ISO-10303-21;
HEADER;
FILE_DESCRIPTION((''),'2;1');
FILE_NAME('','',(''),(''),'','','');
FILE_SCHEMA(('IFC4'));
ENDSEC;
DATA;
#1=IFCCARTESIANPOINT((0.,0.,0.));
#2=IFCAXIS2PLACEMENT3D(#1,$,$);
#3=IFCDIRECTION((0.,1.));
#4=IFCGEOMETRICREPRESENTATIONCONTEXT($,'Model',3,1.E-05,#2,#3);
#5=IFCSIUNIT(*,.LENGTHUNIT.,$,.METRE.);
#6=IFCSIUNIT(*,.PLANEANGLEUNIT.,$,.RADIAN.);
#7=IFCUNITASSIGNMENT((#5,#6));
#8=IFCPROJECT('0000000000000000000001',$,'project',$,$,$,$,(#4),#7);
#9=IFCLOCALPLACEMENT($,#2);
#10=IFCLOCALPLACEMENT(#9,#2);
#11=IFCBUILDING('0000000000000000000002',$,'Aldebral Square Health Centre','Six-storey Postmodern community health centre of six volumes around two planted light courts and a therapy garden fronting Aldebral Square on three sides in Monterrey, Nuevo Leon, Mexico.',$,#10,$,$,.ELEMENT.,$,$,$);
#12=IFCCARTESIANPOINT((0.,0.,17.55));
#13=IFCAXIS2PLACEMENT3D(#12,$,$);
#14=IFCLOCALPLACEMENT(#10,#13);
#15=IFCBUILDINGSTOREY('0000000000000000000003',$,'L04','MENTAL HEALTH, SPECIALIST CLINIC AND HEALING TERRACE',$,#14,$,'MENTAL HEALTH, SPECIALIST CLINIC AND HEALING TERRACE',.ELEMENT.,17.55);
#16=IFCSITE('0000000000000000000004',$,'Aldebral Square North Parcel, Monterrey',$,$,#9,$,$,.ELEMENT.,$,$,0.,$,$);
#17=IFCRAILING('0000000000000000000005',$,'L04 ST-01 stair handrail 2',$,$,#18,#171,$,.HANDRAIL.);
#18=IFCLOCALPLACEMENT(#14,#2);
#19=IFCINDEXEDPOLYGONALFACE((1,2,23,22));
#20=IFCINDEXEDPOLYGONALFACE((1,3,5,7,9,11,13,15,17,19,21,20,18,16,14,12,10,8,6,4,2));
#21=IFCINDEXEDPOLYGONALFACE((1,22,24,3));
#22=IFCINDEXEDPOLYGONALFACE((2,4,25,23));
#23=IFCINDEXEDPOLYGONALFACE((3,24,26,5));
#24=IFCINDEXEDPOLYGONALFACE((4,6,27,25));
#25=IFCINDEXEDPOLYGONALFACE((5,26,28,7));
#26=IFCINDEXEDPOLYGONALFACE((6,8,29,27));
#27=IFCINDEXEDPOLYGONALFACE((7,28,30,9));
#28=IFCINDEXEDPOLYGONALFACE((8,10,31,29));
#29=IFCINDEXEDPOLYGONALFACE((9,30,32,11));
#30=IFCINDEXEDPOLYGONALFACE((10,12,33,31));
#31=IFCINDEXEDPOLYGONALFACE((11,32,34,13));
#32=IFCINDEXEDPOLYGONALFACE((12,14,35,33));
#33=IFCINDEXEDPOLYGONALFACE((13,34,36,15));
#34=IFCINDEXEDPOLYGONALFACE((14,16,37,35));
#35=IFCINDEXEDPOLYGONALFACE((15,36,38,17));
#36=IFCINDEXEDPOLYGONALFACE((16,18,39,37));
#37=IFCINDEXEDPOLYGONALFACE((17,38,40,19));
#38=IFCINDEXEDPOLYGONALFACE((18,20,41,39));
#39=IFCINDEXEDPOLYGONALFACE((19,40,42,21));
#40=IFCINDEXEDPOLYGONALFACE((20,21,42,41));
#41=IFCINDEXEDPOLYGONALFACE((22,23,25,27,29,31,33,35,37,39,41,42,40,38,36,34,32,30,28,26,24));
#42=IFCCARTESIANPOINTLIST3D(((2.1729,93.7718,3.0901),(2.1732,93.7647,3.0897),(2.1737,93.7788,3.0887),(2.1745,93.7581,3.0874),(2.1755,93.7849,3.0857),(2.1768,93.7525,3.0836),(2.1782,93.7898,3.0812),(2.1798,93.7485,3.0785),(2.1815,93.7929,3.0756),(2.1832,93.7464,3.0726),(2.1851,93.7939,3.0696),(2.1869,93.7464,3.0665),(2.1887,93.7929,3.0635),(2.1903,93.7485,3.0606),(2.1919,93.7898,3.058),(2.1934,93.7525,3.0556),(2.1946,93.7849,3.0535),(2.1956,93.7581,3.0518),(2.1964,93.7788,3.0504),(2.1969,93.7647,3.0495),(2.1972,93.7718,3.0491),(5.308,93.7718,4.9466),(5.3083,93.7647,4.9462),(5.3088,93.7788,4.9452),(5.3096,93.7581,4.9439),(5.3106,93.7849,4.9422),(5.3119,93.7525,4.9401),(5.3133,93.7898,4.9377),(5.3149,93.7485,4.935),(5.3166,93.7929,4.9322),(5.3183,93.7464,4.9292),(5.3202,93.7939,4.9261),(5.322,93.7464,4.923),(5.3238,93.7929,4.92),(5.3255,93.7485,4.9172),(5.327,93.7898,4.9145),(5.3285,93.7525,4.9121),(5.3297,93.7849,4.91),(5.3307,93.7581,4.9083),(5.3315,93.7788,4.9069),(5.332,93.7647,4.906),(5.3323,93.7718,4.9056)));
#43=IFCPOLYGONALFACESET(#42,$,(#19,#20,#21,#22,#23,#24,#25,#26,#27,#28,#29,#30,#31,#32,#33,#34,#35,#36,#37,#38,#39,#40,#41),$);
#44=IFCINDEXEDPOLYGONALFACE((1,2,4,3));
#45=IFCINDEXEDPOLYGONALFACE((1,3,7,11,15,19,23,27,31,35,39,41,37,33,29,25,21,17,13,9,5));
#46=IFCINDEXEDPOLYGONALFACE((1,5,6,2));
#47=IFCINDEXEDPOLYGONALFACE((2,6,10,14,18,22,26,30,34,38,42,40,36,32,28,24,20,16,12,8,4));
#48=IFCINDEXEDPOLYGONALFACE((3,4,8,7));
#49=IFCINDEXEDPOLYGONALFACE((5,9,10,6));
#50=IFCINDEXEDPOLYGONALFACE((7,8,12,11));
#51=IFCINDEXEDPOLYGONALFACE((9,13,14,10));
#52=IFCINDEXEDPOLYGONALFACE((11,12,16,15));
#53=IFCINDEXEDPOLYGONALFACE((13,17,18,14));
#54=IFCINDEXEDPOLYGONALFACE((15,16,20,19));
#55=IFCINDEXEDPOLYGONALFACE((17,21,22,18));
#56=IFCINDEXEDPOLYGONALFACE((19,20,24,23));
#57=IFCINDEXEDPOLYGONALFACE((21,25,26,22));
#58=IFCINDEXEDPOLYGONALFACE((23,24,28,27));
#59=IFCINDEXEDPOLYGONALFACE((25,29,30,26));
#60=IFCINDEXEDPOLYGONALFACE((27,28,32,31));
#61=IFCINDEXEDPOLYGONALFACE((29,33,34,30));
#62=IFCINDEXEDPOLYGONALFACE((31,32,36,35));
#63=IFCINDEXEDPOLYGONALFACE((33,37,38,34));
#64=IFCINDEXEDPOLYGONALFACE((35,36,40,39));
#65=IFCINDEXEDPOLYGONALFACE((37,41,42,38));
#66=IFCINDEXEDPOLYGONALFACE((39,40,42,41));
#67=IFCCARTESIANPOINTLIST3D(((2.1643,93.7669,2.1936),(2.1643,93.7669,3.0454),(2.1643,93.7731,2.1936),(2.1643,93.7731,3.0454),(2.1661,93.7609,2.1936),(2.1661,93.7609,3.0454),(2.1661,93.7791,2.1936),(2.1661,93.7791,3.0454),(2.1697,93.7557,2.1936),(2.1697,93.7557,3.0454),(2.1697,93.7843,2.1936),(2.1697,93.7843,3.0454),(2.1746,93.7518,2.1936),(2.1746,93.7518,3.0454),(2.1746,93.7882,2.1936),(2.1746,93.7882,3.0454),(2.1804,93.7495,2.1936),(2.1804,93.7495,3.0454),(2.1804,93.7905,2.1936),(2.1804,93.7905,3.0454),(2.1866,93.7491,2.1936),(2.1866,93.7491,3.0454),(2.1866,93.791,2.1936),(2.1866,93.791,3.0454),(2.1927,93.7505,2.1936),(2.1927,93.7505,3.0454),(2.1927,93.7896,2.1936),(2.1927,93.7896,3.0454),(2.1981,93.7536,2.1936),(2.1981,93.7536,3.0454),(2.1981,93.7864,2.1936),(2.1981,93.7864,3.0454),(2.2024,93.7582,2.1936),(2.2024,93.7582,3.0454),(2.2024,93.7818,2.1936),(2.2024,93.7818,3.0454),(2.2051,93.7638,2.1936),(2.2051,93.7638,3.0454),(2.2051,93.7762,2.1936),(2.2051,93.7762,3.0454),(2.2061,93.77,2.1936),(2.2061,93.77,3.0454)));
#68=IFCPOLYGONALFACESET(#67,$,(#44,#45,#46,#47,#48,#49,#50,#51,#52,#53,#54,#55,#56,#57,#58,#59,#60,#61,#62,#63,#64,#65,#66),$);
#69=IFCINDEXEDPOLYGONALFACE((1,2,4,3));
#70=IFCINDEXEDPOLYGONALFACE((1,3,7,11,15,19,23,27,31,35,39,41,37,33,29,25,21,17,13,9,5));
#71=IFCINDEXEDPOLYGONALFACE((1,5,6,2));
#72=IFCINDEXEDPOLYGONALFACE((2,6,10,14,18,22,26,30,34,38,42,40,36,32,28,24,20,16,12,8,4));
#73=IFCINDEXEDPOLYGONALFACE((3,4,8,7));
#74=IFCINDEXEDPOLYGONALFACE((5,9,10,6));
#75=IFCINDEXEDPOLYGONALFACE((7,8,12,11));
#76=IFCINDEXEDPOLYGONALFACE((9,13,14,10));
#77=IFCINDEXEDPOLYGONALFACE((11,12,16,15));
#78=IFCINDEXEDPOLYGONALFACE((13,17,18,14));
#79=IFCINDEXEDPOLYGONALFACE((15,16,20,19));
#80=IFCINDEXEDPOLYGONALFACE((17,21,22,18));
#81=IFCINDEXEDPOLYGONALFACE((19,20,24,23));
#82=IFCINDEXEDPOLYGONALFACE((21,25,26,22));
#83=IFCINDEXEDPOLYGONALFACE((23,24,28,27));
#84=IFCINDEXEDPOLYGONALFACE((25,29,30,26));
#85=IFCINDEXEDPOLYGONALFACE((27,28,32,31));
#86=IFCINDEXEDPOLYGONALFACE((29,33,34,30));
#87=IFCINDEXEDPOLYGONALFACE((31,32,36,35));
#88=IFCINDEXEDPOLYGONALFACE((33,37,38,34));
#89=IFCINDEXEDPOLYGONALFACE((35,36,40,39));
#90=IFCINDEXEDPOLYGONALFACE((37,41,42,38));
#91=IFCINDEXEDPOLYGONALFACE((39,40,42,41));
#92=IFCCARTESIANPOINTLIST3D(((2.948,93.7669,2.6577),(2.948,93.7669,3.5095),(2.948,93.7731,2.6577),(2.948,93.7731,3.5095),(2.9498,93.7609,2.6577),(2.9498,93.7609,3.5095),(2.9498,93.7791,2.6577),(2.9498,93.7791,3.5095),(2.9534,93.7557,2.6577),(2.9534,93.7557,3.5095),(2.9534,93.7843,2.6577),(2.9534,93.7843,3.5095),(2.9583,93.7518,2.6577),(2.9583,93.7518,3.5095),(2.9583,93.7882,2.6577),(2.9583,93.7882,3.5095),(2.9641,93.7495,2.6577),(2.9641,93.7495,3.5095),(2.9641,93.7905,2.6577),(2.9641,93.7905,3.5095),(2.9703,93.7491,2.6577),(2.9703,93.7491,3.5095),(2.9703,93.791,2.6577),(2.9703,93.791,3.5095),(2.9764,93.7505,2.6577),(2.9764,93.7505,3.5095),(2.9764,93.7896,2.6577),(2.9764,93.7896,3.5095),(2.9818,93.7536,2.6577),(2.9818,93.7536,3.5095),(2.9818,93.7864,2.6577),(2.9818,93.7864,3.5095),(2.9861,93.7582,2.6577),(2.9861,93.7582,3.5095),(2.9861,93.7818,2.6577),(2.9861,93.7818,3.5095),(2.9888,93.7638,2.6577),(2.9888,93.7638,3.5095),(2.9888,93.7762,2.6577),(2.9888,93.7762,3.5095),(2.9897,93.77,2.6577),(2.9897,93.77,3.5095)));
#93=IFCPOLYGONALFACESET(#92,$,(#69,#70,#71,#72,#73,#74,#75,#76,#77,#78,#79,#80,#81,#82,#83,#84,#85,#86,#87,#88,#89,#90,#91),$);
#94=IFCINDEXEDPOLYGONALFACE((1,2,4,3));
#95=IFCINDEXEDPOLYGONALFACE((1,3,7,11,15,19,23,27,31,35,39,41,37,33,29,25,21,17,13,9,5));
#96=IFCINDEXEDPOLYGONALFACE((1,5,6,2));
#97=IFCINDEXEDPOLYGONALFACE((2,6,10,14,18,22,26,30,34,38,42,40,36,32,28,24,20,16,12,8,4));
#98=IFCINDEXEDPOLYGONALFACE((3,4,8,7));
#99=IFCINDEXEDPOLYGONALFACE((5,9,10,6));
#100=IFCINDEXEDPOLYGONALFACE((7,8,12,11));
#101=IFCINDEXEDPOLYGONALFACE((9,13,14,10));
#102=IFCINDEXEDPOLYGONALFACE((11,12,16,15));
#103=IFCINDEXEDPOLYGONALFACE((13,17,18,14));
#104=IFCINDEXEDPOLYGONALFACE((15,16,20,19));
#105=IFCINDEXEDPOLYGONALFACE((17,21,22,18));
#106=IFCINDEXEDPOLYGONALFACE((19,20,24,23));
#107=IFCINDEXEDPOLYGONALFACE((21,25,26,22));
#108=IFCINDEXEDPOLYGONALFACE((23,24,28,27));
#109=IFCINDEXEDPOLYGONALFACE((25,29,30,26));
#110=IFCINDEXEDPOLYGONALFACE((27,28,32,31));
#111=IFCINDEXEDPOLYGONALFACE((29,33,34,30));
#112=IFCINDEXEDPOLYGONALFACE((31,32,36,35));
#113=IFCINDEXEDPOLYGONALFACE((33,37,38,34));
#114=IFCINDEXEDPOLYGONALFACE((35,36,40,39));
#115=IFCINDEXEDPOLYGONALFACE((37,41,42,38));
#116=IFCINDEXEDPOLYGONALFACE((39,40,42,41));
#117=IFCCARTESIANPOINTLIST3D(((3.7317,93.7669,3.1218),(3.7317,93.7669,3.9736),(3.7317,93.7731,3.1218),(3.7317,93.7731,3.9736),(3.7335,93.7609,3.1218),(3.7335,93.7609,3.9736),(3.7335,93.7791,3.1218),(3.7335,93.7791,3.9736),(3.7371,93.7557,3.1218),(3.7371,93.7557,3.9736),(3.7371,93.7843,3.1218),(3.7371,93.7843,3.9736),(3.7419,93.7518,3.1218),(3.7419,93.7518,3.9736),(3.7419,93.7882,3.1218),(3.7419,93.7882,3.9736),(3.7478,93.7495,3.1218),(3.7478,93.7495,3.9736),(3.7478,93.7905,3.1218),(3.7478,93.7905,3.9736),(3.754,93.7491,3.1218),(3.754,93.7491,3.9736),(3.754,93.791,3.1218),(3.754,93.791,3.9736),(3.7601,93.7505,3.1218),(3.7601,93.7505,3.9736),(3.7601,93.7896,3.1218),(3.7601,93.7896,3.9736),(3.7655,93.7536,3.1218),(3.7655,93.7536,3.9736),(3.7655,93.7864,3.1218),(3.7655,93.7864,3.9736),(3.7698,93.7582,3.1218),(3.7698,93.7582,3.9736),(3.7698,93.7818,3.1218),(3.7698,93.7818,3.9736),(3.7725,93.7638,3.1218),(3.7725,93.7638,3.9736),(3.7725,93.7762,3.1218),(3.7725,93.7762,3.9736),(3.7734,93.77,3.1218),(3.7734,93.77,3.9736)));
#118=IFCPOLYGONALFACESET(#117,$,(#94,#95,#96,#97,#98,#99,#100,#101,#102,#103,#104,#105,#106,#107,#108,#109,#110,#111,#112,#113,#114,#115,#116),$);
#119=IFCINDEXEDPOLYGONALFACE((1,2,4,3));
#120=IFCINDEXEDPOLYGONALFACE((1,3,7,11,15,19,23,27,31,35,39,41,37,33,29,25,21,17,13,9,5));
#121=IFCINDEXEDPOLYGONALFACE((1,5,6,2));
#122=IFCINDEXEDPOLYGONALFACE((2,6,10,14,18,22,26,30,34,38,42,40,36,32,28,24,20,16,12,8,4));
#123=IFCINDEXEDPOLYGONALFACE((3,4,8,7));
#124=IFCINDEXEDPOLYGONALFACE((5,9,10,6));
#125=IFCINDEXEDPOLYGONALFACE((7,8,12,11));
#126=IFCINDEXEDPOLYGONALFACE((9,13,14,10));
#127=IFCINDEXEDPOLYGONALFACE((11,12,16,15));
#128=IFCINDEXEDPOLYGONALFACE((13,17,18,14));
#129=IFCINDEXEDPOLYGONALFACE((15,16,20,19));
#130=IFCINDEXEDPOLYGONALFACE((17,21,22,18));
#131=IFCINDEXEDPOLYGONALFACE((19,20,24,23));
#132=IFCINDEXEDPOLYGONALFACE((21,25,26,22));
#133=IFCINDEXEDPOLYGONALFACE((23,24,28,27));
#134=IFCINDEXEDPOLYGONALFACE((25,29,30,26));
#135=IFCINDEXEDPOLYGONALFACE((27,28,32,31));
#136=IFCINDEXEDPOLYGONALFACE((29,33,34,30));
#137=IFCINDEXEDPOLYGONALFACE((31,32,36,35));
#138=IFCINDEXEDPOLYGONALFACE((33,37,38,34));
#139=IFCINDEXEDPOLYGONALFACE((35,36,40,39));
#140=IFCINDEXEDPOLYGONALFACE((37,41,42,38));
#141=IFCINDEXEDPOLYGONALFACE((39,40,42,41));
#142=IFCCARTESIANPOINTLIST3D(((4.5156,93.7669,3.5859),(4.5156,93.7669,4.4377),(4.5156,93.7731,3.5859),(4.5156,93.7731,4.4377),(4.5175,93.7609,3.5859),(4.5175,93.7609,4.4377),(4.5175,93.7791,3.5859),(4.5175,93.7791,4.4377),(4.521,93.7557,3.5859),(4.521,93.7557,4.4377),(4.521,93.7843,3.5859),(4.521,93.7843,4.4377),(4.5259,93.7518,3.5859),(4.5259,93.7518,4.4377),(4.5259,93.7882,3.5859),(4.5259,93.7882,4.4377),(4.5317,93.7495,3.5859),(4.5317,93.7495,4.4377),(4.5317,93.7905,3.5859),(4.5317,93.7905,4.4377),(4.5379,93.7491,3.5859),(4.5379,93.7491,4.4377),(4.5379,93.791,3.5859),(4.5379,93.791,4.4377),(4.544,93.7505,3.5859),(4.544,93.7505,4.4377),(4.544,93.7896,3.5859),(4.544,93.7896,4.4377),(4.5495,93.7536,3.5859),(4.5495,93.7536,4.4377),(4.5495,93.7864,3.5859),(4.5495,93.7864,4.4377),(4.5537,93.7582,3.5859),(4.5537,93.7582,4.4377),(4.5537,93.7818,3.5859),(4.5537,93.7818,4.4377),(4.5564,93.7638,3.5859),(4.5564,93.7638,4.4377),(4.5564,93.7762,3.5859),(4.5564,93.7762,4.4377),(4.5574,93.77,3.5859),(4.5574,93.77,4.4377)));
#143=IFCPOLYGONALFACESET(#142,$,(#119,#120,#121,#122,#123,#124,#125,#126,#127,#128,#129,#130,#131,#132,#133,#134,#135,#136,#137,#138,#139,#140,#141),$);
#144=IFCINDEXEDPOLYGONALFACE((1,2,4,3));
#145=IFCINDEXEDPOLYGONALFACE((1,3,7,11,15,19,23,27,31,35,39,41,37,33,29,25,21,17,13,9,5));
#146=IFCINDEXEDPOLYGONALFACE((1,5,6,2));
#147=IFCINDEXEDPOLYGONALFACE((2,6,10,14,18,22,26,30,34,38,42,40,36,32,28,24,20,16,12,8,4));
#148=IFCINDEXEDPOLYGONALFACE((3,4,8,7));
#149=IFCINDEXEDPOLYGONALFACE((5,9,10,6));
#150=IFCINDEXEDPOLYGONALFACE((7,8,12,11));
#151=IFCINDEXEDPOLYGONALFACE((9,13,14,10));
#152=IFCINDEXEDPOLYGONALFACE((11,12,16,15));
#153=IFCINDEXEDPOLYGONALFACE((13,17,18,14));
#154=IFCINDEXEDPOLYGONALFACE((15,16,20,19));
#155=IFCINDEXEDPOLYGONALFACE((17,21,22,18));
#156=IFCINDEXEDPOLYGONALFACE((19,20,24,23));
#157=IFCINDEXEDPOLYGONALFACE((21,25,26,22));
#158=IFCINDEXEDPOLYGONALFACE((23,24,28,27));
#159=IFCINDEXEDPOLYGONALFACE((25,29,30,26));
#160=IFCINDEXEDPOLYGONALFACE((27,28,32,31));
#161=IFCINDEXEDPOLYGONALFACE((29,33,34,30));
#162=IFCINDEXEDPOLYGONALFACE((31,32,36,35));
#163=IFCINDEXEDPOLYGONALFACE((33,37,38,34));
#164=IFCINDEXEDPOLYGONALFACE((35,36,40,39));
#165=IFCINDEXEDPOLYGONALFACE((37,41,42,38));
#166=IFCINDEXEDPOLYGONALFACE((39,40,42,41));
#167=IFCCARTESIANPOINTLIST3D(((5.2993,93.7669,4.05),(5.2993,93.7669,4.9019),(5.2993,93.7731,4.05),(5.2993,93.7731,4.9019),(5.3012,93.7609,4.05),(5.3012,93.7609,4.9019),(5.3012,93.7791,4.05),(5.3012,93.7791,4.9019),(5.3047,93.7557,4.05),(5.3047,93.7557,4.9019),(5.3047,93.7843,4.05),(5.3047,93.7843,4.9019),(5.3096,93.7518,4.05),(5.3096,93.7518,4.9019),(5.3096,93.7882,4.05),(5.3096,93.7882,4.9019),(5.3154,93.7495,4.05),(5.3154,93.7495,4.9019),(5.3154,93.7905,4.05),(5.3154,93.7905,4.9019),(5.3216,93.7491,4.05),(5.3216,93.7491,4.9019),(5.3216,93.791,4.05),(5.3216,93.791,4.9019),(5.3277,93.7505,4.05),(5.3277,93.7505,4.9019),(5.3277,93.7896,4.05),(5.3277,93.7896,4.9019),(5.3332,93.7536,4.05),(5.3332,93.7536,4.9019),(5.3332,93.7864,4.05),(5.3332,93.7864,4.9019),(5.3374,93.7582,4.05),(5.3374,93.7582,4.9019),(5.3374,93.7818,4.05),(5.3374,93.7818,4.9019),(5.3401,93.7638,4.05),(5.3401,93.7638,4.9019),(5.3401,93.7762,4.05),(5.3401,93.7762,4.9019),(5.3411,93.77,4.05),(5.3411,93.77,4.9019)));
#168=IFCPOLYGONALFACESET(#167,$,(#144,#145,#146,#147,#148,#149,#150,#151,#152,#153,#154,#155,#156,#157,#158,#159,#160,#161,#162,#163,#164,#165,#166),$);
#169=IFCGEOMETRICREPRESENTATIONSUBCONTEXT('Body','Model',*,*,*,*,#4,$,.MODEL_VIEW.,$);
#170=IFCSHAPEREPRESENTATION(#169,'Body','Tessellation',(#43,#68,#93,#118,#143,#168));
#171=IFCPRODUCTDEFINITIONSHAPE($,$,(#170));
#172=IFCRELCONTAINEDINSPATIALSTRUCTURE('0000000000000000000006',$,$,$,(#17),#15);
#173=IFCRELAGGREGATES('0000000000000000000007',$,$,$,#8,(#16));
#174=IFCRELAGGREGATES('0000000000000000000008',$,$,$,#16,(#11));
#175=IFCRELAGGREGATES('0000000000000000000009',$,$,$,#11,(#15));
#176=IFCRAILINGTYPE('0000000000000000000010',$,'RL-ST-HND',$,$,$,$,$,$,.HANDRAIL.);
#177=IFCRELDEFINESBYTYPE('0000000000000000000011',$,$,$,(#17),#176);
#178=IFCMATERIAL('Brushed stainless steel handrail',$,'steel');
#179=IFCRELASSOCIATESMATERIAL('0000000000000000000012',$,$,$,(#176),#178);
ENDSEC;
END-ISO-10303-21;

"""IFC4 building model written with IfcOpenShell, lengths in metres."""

from ifc_helpers import new_model, si_unit, direction, frame, origin, origin_2d, place, context, subcontext, project, spatial, circle, extrude, material, type_object, element, save


model = new_model("IFC4")

# Units and contexts
model_context = context("Model", 3, precision=1e-05, world=origin(), true_north=direction((0.0, 1.0)))
body_context = subcontext(model_context, "Body", "Model", "MODEL_VIEW")
ifc_project = project(units=[si_unit("LENGTHUNIT", "METRE"), si_unit("PLANEANGLEUNIT", "RADIAN")], contexts=[model_context])

# Site, building, storey
site_placement = place(None, origin())
site = spatial("IfcSite", under=ifc_project, at=site_placement, Name="Aldebral Square North Parcel, Monterrey", CompositionType="ELEMENT", RefElevation=0.0)
building_placement = place(site_placement, origin())
building = spatial("IfcBuilding", under=site, at=building_placement, Name="Aldebral Square Health Centre", Description="Six-storey Postmodern community health centre of six volumes around two planted light courts and a therapy garden fronting Aldebral Square on three sides in Monterrey, Nuevo Leon, Mexico.", CompositionType="ELEMENT")
storey_placement = place(building_placement, frame((0.0, 0.0, 17.55)))
storey = spatial("IfcBuildingStorey", under=building, at=storey_placement, Name="L04", Description="MENTAL HEALTH, SPECIALIST CLINIC AND HEALING TERRACE", LongName="MENTAL HEALTH, SPECIALIST CLINIC AND HEALING TERRACE", CompositionType="ELEMENT", Elevation=17.55)

# Railing
ifc_material_1 = material(Name="Brushed stainless steel handrail", Category="steel")
railing_type_1 = type_object("IfcRailingType", Name="RL-ST-HND", PredefinedType="HANDRAIL", material=ifc_material_1)
railing_1_placement = place(storey_placement, frame((2.1851, 93.77, 2.1936)))
element("IfcRailing", 1, at=railing_1_placement, inside=storey, type_object=railing_type_1, Name="L04 ST-01 stair handrail 2", PredefinedType="HANDRAIL", context=body_context, shape_type="SweptSolid", body=[
    extrude(circle(Radius=0.0239, at=origin_2d()), frame((0.0, 0.0, 0.876), z_axis=(0.860453, 0.0, 0.509531), x_axis=(0.0, 1.0, 0.0)), (0.0, 0.0, 1.0), 3.6436),
    extrude(circle(Radius=0.021, at=origin_2d()), origin(), (0.0, 0.0, 1.0), 0.8518),
    extrude(circle(Radius=0.021, at=origin_2d()), frame((0.7837, 0.0, 0.4641)), (0.0, 0.0, 1.0), 0.8518),
    extrude(circle(Radius=0.021, at=origin_2d()), frame((1.5674, 0.0, 0.9282)), (0.0, 0.0, 1.0), 0.8518),
    extrude(circle(Radius=0.021, at=origin_2d()), frame((2.3513, 0.0, 1.3923)), (0.0, 0.0, 1.0), 0.8518),
    extrude(circle(Radius=0.021, at=origin_2d()), frame((3.135, 0.0, 1.8564)), (0.0, 0.0, 1.0), 0.8518),
])

save(model, "model.ifc")
